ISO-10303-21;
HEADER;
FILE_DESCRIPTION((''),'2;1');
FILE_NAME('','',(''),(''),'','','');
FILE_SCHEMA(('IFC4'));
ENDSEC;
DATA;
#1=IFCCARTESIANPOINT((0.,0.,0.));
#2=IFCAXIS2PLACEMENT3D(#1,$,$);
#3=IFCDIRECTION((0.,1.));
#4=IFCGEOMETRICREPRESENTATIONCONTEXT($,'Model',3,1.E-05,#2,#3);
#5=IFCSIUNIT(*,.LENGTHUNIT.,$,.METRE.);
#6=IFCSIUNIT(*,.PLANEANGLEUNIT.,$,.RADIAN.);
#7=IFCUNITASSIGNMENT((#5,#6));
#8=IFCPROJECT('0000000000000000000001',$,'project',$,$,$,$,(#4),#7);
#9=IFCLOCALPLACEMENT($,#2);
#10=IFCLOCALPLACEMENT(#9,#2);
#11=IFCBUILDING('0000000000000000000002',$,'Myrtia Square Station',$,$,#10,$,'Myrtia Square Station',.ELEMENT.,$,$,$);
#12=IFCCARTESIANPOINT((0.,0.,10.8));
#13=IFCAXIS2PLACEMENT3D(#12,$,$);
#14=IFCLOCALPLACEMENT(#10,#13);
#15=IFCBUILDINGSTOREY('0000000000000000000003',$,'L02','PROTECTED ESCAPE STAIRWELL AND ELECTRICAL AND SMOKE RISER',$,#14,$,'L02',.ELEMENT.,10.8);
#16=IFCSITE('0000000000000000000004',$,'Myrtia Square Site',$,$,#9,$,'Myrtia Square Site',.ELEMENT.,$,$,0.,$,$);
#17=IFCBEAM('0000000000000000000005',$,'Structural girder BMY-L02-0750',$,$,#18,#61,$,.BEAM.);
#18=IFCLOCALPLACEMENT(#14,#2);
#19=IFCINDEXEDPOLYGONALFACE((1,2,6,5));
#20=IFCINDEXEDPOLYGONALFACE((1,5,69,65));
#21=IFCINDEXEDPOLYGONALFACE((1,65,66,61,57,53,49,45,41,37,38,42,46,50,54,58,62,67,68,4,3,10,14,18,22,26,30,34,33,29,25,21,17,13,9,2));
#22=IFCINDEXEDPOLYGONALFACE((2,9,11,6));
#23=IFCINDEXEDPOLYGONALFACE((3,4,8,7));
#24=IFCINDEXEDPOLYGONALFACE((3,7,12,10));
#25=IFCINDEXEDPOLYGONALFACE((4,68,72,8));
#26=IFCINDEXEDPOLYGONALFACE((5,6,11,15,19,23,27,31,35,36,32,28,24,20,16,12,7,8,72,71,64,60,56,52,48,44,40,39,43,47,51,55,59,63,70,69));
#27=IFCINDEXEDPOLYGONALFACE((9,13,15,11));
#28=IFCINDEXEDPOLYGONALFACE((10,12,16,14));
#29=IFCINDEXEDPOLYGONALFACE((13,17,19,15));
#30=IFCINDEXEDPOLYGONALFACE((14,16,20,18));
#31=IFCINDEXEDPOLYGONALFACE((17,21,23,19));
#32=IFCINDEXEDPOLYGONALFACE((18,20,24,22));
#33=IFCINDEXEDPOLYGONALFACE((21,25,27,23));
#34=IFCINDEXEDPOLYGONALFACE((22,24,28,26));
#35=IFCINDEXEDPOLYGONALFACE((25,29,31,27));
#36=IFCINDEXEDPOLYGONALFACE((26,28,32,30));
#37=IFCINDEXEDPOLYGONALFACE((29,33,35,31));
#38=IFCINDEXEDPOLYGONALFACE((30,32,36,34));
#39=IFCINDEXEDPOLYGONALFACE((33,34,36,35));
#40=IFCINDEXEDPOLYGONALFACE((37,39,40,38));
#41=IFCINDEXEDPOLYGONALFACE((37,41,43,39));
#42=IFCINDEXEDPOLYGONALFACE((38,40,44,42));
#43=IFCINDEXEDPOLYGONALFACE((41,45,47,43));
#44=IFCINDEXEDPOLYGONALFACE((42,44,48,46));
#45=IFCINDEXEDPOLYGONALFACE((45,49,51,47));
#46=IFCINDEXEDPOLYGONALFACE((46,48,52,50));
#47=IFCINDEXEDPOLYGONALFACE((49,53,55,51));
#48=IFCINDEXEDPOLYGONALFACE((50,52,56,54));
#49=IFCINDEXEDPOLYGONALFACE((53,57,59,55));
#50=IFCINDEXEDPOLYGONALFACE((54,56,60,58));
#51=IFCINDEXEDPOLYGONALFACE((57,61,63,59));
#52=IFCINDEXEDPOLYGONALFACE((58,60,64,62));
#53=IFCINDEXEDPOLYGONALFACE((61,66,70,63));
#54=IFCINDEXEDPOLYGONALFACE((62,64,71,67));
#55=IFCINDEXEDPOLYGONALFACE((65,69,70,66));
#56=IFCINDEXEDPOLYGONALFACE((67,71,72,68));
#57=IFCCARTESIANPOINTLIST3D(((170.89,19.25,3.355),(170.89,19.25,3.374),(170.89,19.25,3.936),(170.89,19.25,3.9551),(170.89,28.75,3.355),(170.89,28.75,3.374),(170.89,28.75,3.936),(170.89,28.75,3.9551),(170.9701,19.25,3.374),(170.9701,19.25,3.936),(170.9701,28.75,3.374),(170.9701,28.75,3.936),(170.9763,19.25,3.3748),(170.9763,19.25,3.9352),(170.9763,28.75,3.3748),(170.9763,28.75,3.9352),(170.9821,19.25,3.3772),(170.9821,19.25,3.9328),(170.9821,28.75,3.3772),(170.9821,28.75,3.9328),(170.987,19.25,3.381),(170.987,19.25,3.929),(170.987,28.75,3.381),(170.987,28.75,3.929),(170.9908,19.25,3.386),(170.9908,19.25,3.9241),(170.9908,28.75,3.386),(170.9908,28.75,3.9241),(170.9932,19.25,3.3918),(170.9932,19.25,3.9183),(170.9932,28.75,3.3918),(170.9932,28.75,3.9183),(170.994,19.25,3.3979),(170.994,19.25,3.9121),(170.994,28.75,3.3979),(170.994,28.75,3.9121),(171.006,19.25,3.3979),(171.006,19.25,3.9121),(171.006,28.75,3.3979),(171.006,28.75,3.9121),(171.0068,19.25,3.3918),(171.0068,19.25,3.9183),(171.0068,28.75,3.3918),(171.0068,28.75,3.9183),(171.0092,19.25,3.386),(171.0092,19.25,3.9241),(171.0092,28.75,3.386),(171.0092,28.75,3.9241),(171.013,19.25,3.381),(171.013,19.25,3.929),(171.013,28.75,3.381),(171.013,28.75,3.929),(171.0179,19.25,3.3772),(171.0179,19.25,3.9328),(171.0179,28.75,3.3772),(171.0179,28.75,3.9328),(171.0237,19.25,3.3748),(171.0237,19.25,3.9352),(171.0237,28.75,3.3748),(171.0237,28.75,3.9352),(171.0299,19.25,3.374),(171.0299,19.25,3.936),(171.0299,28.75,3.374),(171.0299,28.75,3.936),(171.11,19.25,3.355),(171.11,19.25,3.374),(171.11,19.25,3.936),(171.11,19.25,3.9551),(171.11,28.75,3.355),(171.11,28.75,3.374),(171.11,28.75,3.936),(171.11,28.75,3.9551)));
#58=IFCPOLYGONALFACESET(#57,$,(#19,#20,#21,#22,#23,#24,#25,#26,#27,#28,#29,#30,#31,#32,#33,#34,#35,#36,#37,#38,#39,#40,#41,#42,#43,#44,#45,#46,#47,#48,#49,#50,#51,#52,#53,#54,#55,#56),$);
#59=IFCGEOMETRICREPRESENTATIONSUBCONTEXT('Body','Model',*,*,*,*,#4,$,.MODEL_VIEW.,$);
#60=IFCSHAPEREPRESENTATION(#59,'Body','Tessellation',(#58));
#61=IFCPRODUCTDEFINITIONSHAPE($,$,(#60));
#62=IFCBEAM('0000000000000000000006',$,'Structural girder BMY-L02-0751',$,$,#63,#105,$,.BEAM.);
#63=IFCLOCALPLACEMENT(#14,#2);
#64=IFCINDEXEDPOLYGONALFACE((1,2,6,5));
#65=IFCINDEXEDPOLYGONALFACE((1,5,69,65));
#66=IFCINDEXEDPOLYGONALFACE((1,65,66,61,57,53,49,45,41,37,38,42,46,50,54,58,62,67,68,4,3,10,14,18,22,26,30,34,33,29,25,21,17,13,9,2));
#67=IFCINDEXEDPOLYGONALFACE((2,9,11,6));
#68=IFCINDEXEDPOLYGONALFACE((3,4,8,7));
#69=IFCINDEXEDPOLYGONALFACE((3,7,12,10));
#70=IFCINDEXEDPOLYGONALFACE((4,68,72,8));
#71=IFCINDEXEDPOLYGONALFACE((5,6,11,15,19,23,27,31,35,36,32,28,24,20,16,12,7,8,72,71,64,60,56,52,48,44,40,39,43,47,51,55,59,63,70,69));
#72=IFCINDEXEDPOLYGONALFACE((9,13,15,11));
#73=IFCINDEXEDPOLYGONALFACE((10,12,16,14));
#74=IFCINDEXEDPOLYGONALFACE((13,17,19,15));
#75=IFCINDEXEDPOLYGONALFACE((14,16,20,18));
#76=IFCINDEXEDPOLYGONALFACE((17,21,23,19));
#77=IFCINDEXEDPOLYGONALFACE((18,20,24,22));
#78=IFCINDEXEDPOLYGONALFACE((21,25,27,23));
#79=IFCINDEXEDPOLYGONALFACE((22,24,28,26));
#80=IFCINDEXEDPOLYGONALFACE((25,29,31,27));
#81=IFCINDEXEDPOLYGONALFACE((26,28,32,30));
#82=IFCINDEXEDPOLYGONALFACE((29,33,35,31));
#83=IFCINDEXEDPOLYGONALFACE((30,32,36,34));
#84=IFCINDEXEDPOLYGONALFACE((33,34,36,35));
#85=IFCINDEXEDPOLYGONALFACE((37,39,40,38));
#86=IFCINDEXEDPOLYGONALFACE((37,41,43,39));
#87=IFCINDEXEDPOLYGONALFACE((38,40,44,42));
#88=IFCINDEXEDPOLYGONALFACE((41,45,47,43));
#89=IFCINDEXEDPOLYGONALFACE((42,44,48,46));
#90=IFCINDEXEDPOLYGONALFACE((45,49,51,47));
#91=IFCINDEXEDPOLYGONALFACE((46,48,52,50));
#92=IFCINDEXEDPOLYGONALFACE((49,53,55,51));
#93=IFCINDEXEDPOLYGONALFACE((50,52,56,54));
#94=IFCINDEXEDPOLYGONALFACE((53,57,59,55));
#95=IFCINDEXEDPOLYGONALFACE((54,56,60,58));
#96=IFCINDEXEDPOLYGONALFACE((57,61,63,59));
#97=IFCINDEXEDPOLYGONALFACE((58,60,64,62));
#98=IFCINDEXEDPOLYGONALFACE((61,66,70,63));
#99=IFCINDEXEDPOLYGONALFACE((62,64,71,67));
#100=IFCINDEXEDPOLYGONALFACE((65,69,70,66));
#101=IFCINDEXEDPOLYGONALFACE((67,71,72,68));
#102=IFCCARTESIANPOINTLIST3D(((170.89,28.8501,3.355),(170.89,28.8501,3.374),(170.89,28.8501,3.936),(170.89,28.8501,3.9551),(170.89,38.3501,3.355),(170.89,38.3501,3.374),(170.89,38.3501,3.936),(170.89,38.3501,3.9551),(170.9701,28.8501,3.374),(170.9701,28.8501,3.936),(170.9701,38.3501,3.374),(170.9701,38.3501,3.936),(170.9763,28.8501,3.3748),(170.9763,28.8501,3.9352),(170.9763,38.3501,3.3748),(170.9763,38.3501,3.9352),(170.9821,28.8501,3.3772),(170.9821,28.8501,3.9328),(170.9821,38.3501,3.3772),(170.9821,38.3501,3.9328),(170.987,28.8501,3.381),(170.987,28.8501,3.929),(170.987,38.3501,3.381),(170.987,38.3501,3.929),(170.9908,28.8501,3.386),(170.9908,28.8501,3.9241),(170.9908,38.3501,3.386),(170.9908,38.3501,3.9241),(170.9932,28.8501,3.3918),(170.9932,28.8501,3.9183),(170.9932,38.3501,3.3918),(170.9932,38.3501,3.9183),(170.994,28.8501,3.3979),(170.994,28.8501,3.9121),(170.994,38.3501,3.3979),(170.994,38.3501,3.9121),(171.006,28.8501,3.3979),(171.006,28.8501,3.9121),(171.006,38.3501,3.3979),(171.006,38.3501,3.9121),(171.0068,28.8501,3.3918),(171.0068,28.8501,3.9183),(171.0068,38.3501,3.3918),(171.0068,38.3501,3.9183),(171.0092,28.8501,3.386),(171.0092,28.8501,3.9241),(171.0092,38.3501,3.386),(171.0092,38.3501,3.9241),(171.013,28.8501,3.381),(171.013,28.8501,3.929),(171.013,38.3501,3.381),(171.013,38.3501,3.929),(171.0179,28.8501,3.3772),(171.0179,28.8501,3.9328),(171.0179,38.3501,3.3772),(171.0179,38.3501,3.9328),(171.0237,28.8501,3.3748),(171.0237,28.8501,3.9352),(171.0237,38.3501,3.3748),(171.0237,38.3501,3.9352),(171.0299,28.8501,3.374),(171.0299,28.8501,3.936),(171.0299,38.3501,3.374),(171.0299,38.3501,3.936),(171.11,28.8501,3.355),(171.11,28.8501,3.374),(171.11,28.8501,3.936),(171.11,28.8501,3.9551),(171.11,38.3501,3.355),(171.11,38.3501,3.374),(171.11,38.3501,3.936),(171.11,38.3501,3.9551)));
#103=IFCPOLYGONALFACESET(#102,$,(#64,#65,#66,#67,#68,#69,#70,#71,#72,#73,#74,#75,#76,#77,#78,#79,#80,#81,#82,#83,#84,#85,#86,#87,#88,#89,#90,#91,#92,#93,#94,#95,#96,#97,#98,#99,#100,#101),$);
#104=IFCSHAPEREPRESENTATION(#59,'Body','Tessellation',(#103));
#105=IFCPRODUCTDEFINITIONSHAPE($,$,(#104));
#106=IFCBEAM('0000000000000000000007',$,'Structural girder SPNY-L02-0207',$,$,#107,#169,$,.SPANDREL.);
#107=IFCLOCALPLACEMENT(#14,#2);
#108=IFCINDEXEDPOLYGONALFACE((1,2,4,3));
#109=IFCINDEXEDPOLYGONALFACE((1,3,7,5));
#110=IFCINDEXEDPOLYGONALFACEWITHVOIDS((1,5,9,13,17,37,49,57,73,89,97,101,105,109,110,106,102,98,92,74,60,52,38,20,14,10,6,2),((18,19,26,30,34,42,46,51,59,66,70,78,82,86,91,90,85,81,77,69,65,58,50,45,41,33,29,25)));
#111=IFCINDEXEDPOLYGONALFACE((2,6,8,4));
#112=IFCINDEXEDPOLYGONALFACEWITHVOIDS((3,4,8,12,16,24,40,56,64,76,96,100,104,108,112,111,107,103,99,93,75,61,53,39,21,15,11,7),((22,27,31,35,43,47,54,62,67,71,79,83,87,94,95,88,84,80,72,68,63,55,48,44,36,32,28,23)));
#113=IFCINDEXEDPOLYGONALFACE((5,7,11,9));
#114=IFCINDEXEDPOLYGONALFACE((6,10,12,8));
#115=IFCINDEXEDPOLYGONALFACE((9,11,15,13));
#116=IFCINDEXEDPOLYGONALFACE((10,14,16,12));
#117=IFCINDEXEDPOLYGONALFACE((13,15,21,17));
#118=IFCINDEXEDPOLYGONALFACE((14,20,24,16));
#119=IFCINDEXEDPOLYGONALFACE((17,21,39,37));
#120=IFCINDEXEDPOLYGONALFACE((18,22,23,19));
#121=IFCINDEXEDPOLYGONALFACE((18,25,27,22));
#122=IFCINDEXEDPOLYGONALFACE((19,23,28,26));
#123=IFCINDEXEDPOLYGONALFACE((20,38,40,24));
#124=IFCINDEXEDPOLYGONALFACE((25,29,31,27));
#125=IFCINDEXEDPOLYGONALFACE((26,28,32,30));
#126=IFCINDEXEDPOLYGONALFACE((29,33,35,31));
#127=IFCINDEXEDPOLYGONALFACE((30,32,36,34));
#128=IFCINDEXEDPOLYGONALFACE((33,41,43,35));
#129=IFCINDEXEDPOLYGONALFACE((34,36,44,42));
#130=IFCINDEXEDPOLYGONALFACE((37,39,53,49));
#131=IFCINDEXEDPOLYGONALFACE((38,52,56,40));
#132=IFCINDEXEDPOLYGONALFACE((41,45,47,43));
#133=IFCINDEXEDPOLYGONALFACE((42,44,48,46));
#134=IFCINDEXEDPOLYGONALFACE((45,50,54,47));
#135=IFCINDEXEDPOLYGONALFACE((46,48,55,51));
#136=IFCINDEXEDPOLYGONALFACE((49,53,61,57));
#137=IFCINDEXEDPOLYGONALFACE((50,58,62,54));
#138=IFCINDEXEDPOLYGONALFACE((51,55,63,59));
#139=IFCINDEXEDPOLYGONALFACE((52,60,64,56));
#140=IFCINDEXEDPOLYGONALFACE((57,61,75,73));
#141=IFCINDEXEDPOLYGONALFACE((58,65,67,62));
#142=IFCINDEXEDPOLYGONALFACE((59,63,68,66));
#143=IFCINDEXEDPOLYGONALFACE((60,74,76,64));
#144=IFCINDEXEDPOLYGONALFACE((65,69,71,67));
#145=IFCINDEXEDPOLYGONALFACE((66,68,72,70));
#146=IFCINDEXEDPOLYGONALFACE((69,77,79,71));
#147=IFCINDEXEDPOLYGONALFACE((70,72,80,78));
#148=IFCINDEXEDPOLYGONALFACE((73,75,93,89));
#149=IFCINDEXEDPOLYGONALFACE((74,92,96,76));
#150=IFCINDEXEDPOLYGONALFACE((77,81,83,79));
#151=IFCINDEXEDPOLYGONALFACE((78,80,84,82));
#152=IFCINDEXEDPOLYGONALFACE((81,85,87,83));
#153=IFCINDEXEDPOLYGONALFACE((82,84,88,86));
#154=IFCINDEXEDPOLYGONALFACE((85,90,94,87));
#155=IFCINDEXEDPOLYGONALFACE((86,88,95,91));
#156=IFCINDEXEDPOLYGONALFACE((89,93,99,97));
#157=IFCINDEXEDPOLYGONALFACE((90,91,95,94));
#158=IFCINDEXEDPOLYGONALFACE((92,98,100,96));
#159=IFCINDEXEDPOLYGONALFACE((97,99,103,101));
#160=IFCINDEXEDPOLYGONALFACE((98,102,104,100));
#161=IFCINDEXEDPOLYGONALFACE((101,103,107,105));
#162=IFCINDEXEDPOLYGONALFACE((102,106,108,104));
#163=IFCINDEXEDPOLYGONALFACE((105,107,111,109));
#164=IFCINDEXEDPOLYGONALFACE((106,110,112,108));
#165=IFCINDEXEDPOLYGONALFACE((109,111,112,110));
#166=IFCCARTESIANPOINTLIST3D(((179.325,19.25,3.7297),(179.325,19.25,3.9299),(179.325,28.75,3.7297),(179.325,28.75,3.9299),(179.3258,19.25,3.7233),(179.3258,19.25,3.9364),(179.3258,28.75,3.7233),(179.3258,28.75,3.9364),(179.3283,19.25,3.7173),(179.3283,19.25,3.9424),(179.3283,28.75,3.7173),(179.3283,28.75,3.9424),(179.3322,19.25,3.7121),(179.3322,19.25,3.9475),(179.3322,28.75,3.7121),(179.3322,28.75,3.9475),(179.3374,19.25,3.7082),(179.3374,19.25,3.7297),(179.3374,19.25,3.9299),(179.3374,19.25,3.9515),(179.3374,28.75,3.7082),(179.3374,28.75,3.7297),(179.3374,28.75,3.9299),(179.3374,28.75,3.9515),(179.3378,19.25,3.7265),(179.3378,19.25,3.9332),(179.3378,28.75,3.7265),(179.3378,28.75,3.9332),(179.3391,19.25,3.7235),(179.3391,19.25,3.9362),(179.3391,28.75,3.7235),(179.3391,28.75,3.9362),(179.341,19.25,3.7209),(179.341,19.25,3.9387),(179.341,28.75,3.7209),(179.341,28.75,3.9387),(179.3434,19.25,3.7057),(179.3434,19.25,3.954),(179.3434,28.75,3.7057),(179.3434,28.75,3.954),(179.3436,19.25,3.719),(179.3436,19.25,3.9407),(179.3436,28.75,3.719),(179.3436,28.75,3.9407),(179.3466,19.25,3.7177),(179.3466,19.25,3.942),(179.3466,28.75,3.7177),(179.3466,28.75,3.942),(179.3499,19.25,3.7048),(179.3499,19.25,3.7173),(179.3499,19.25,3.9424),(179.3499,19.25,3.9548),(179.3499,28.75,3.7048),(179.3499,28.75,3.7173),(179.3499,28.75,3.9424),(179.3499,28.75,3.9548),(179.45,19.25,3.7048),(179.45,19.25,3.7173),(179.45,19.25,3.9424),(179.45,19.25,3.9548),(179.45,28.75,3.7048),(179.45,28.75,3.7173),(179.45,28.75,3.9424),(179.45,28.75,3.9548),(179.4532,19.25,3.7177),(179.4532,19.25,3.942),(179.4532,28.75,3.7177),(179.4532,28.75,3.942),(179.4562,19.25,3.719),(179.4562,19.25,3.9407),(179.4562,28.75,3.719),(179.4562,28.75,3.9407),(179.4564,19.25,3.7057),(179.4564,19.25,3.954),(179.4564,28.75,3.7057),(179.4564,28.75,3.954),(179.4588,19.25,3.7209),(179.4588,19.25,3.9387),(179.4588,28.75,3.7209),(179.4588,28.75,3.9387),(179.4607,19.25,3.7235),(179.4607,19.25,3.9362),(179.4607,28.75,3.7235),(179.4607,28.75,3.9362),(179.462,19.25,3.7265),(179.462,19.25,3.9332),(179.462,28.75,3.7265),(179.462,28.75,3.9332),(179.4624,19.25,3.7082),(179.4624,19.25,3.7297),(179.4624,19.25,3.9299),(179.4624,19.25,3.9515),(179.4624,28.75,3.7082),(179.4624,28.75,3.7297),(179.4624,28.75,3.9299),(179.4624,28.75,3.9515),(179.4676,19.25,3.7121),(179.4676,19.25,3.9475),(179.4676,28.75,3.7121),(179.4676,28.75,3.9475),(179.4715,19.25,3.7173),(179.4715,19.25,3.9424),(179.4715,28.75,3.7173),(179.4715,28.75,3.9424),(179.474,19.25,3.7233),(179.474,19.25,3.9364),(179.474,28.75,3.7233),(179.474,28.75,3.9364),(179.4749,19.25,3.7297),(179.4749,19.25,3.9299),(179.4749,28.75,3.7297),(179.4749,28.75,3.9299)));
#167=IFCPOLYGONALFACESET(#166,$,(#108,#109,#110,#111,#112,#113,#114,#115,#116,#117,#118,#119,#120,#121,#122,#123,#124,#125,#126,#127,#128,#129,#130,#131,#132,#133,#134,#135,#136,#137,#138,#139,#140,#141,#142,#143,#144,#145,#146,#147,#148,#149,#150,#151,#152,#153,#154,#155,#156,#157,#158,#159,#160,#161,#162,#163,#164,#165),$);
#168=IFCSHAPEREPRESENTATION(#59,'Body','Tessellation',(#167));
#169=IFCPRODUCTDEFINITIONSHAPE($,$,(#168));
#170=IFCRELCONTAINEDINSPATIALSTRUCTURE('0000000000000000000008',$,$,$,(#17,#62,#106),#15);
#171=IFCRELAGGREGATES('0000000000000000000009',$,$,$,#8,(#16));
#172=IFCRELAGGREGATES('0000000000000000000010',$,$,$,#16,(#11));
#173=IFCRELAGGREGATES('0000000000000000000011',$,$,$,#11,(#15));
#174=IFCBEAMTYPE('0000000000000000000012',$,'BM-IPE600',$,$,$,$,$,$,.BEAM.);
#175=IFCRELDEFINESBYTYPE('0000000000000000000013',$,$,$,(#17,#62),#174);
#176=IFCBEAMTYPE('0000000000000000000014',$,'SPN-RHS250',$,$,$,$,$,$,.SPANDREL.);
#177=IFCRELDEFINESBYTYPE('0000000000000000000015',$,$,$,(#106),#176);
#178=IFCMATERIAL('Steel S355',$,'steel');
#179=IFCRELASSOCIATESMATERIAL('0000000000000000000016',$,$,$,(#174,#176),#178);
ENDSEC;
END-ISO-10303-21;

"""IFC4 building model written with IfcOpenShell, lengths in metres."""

from ifc_helpers import new_model, si_unit, direction, frame, origin, origin_2d, place, context, subcontext, project, spatial, hollow_rectangle, i_section, extrude, material, material_profile, profile_set, type_object, element, save


model = new_model("IFC4")

# Units and contexts
model_context = context("Model", 3, precision=1e-05, world=origin(), true_north=direction((0.0, 1.0)))
body_context = subcontext(model_context, "Body", "Model", "MODEL_VIEW")
ifc_project = project(units=[si_unit("LENGTHUNIT", "METRE"), si_unit("PLANEANGLEUNIT", "RADIAN")], contexts=[model_context])

# Site, building, storey
site_placement = place(None, origin())
site = spatial("IfcSite", under=ifc_project, at=site_placement, Name="Myrtia Square Site", LongName="Myrtia Square Site", CompositionType="ELEMENT", RefElevation=0.0)
building_placement = place(site_placement, origin())
building = spatial("IfcBuilding", under=site, at=building_placement, Name="Myrtia Square Station", LongName="Myrtia Square Station", CompositionType="ELEMENT")
storey_placement = place(building_placement, frame((0.0, 0.0, 10.8)))
storey = spatial("IfcBuildingStorey", under=building, at=storey_placement, Name="L02", Description="PROTECTED ESCAPE STAIRWELL AND ELECTRICAL AND SMOKE RISER", LongName="L02", CompositionType="ELEMENT", Elevation=10.8)

# Shared definitions
ifc_material_1 = material(Name="Steel S355", Category="steel")

# Beams
ifc_material_profile_1 = material_profile(ifc_material_1, i_section(OverallWidth=0.22, OverallDepth=0.6001, WebThickness=0.012, FlangeThickness=0.019, FilletRadius=0.0239, at=origin_2d()), Name="IPE 600")
ifc_profile_set_1 = profile_set([ifc_material_profile_1], Name="Steel S355")
beam_type_1 = type_object("IfcBeamType", Name="BM-IPE600", PredefinedType="BEAM", material=ifc_profile_set_1)
for number, where, z_axis, x_axis, name in (
    (1, (171.0, 19.25, 3.655), (0.0, 1.0, 0.0), (-1.0, 0.0, 0.0), "Structural girder BMY-L02-0750"),
    (2, (171.0, 28.8501, 3.655), (0.0, 1.0, 0.0), (-1.0, 0.0, 0.0), "Structural girder BMY-L02-0751"),
):
    element("IfcBeam", number, at=place(storey_placement, frame(where, z_axis=z_axis, x_axis=x_axis)), inside=storey, type_object=beam_type_1, Name=name, PredefinedType="BEAM", context=body_context, shape_type="SweptSolid", body=[
        extrude(i_section(OverallWidth=0.22, OverallDepth=0.6001, WebThickness=0.012, FlangeThickness=0.019, FilletRadius=0.0239, at=origin_2d()), origin(), (0.0, 0.0, 1.0), 9.5),
    ])
ifc_material_profile_2 = material_profile(ifc_material_1, hollow_rectangle(XDim=0.1499, YDim=0.25, WallThickness=0.0125, InnerFilletRadius=0.0125, OuterFilletRadius=0.0249, at=origin_2d()), Name="RHS 250x150x12.5")
ifc_profile_set_2 = profile_set([ifc_material_profile_2], Name="Steel S355")
beam_type_2 = type_object("IfcBeamType", Name="SPN-RHS250", PredefinedType="SPANDREL", material=ifc_profile_set_2)
for number, where, z_axis, x_axis, name in (
    (3, (179.3999, 19.25, 3.8298), (0.0, 1.0, 0.0), (-1.0, 0.0, 0.0), "Structural girder SPNY-L02-0207"),
):
    element("IfcBeam", number, at=place(storey_placement, frame(where, z_axis=z_axis, x_axis=x_axis)), inside=storey, type_object=beam_type_2, Name=name, PredefinedType="SPANDREL", context=body_context, shape_type="SweptSolid", body=[
        extrude(hollow_rectangle(XDim=0.1499, YDim=0.25, WallThickness=0.0125, InnerFilletRadius=0.0125, OuterFilletRadius=0.0249, at=origin_2d()), origin(), (0.0, 0.0, 1.0), 9.5),
    ])

save(model, "model.ifc")
